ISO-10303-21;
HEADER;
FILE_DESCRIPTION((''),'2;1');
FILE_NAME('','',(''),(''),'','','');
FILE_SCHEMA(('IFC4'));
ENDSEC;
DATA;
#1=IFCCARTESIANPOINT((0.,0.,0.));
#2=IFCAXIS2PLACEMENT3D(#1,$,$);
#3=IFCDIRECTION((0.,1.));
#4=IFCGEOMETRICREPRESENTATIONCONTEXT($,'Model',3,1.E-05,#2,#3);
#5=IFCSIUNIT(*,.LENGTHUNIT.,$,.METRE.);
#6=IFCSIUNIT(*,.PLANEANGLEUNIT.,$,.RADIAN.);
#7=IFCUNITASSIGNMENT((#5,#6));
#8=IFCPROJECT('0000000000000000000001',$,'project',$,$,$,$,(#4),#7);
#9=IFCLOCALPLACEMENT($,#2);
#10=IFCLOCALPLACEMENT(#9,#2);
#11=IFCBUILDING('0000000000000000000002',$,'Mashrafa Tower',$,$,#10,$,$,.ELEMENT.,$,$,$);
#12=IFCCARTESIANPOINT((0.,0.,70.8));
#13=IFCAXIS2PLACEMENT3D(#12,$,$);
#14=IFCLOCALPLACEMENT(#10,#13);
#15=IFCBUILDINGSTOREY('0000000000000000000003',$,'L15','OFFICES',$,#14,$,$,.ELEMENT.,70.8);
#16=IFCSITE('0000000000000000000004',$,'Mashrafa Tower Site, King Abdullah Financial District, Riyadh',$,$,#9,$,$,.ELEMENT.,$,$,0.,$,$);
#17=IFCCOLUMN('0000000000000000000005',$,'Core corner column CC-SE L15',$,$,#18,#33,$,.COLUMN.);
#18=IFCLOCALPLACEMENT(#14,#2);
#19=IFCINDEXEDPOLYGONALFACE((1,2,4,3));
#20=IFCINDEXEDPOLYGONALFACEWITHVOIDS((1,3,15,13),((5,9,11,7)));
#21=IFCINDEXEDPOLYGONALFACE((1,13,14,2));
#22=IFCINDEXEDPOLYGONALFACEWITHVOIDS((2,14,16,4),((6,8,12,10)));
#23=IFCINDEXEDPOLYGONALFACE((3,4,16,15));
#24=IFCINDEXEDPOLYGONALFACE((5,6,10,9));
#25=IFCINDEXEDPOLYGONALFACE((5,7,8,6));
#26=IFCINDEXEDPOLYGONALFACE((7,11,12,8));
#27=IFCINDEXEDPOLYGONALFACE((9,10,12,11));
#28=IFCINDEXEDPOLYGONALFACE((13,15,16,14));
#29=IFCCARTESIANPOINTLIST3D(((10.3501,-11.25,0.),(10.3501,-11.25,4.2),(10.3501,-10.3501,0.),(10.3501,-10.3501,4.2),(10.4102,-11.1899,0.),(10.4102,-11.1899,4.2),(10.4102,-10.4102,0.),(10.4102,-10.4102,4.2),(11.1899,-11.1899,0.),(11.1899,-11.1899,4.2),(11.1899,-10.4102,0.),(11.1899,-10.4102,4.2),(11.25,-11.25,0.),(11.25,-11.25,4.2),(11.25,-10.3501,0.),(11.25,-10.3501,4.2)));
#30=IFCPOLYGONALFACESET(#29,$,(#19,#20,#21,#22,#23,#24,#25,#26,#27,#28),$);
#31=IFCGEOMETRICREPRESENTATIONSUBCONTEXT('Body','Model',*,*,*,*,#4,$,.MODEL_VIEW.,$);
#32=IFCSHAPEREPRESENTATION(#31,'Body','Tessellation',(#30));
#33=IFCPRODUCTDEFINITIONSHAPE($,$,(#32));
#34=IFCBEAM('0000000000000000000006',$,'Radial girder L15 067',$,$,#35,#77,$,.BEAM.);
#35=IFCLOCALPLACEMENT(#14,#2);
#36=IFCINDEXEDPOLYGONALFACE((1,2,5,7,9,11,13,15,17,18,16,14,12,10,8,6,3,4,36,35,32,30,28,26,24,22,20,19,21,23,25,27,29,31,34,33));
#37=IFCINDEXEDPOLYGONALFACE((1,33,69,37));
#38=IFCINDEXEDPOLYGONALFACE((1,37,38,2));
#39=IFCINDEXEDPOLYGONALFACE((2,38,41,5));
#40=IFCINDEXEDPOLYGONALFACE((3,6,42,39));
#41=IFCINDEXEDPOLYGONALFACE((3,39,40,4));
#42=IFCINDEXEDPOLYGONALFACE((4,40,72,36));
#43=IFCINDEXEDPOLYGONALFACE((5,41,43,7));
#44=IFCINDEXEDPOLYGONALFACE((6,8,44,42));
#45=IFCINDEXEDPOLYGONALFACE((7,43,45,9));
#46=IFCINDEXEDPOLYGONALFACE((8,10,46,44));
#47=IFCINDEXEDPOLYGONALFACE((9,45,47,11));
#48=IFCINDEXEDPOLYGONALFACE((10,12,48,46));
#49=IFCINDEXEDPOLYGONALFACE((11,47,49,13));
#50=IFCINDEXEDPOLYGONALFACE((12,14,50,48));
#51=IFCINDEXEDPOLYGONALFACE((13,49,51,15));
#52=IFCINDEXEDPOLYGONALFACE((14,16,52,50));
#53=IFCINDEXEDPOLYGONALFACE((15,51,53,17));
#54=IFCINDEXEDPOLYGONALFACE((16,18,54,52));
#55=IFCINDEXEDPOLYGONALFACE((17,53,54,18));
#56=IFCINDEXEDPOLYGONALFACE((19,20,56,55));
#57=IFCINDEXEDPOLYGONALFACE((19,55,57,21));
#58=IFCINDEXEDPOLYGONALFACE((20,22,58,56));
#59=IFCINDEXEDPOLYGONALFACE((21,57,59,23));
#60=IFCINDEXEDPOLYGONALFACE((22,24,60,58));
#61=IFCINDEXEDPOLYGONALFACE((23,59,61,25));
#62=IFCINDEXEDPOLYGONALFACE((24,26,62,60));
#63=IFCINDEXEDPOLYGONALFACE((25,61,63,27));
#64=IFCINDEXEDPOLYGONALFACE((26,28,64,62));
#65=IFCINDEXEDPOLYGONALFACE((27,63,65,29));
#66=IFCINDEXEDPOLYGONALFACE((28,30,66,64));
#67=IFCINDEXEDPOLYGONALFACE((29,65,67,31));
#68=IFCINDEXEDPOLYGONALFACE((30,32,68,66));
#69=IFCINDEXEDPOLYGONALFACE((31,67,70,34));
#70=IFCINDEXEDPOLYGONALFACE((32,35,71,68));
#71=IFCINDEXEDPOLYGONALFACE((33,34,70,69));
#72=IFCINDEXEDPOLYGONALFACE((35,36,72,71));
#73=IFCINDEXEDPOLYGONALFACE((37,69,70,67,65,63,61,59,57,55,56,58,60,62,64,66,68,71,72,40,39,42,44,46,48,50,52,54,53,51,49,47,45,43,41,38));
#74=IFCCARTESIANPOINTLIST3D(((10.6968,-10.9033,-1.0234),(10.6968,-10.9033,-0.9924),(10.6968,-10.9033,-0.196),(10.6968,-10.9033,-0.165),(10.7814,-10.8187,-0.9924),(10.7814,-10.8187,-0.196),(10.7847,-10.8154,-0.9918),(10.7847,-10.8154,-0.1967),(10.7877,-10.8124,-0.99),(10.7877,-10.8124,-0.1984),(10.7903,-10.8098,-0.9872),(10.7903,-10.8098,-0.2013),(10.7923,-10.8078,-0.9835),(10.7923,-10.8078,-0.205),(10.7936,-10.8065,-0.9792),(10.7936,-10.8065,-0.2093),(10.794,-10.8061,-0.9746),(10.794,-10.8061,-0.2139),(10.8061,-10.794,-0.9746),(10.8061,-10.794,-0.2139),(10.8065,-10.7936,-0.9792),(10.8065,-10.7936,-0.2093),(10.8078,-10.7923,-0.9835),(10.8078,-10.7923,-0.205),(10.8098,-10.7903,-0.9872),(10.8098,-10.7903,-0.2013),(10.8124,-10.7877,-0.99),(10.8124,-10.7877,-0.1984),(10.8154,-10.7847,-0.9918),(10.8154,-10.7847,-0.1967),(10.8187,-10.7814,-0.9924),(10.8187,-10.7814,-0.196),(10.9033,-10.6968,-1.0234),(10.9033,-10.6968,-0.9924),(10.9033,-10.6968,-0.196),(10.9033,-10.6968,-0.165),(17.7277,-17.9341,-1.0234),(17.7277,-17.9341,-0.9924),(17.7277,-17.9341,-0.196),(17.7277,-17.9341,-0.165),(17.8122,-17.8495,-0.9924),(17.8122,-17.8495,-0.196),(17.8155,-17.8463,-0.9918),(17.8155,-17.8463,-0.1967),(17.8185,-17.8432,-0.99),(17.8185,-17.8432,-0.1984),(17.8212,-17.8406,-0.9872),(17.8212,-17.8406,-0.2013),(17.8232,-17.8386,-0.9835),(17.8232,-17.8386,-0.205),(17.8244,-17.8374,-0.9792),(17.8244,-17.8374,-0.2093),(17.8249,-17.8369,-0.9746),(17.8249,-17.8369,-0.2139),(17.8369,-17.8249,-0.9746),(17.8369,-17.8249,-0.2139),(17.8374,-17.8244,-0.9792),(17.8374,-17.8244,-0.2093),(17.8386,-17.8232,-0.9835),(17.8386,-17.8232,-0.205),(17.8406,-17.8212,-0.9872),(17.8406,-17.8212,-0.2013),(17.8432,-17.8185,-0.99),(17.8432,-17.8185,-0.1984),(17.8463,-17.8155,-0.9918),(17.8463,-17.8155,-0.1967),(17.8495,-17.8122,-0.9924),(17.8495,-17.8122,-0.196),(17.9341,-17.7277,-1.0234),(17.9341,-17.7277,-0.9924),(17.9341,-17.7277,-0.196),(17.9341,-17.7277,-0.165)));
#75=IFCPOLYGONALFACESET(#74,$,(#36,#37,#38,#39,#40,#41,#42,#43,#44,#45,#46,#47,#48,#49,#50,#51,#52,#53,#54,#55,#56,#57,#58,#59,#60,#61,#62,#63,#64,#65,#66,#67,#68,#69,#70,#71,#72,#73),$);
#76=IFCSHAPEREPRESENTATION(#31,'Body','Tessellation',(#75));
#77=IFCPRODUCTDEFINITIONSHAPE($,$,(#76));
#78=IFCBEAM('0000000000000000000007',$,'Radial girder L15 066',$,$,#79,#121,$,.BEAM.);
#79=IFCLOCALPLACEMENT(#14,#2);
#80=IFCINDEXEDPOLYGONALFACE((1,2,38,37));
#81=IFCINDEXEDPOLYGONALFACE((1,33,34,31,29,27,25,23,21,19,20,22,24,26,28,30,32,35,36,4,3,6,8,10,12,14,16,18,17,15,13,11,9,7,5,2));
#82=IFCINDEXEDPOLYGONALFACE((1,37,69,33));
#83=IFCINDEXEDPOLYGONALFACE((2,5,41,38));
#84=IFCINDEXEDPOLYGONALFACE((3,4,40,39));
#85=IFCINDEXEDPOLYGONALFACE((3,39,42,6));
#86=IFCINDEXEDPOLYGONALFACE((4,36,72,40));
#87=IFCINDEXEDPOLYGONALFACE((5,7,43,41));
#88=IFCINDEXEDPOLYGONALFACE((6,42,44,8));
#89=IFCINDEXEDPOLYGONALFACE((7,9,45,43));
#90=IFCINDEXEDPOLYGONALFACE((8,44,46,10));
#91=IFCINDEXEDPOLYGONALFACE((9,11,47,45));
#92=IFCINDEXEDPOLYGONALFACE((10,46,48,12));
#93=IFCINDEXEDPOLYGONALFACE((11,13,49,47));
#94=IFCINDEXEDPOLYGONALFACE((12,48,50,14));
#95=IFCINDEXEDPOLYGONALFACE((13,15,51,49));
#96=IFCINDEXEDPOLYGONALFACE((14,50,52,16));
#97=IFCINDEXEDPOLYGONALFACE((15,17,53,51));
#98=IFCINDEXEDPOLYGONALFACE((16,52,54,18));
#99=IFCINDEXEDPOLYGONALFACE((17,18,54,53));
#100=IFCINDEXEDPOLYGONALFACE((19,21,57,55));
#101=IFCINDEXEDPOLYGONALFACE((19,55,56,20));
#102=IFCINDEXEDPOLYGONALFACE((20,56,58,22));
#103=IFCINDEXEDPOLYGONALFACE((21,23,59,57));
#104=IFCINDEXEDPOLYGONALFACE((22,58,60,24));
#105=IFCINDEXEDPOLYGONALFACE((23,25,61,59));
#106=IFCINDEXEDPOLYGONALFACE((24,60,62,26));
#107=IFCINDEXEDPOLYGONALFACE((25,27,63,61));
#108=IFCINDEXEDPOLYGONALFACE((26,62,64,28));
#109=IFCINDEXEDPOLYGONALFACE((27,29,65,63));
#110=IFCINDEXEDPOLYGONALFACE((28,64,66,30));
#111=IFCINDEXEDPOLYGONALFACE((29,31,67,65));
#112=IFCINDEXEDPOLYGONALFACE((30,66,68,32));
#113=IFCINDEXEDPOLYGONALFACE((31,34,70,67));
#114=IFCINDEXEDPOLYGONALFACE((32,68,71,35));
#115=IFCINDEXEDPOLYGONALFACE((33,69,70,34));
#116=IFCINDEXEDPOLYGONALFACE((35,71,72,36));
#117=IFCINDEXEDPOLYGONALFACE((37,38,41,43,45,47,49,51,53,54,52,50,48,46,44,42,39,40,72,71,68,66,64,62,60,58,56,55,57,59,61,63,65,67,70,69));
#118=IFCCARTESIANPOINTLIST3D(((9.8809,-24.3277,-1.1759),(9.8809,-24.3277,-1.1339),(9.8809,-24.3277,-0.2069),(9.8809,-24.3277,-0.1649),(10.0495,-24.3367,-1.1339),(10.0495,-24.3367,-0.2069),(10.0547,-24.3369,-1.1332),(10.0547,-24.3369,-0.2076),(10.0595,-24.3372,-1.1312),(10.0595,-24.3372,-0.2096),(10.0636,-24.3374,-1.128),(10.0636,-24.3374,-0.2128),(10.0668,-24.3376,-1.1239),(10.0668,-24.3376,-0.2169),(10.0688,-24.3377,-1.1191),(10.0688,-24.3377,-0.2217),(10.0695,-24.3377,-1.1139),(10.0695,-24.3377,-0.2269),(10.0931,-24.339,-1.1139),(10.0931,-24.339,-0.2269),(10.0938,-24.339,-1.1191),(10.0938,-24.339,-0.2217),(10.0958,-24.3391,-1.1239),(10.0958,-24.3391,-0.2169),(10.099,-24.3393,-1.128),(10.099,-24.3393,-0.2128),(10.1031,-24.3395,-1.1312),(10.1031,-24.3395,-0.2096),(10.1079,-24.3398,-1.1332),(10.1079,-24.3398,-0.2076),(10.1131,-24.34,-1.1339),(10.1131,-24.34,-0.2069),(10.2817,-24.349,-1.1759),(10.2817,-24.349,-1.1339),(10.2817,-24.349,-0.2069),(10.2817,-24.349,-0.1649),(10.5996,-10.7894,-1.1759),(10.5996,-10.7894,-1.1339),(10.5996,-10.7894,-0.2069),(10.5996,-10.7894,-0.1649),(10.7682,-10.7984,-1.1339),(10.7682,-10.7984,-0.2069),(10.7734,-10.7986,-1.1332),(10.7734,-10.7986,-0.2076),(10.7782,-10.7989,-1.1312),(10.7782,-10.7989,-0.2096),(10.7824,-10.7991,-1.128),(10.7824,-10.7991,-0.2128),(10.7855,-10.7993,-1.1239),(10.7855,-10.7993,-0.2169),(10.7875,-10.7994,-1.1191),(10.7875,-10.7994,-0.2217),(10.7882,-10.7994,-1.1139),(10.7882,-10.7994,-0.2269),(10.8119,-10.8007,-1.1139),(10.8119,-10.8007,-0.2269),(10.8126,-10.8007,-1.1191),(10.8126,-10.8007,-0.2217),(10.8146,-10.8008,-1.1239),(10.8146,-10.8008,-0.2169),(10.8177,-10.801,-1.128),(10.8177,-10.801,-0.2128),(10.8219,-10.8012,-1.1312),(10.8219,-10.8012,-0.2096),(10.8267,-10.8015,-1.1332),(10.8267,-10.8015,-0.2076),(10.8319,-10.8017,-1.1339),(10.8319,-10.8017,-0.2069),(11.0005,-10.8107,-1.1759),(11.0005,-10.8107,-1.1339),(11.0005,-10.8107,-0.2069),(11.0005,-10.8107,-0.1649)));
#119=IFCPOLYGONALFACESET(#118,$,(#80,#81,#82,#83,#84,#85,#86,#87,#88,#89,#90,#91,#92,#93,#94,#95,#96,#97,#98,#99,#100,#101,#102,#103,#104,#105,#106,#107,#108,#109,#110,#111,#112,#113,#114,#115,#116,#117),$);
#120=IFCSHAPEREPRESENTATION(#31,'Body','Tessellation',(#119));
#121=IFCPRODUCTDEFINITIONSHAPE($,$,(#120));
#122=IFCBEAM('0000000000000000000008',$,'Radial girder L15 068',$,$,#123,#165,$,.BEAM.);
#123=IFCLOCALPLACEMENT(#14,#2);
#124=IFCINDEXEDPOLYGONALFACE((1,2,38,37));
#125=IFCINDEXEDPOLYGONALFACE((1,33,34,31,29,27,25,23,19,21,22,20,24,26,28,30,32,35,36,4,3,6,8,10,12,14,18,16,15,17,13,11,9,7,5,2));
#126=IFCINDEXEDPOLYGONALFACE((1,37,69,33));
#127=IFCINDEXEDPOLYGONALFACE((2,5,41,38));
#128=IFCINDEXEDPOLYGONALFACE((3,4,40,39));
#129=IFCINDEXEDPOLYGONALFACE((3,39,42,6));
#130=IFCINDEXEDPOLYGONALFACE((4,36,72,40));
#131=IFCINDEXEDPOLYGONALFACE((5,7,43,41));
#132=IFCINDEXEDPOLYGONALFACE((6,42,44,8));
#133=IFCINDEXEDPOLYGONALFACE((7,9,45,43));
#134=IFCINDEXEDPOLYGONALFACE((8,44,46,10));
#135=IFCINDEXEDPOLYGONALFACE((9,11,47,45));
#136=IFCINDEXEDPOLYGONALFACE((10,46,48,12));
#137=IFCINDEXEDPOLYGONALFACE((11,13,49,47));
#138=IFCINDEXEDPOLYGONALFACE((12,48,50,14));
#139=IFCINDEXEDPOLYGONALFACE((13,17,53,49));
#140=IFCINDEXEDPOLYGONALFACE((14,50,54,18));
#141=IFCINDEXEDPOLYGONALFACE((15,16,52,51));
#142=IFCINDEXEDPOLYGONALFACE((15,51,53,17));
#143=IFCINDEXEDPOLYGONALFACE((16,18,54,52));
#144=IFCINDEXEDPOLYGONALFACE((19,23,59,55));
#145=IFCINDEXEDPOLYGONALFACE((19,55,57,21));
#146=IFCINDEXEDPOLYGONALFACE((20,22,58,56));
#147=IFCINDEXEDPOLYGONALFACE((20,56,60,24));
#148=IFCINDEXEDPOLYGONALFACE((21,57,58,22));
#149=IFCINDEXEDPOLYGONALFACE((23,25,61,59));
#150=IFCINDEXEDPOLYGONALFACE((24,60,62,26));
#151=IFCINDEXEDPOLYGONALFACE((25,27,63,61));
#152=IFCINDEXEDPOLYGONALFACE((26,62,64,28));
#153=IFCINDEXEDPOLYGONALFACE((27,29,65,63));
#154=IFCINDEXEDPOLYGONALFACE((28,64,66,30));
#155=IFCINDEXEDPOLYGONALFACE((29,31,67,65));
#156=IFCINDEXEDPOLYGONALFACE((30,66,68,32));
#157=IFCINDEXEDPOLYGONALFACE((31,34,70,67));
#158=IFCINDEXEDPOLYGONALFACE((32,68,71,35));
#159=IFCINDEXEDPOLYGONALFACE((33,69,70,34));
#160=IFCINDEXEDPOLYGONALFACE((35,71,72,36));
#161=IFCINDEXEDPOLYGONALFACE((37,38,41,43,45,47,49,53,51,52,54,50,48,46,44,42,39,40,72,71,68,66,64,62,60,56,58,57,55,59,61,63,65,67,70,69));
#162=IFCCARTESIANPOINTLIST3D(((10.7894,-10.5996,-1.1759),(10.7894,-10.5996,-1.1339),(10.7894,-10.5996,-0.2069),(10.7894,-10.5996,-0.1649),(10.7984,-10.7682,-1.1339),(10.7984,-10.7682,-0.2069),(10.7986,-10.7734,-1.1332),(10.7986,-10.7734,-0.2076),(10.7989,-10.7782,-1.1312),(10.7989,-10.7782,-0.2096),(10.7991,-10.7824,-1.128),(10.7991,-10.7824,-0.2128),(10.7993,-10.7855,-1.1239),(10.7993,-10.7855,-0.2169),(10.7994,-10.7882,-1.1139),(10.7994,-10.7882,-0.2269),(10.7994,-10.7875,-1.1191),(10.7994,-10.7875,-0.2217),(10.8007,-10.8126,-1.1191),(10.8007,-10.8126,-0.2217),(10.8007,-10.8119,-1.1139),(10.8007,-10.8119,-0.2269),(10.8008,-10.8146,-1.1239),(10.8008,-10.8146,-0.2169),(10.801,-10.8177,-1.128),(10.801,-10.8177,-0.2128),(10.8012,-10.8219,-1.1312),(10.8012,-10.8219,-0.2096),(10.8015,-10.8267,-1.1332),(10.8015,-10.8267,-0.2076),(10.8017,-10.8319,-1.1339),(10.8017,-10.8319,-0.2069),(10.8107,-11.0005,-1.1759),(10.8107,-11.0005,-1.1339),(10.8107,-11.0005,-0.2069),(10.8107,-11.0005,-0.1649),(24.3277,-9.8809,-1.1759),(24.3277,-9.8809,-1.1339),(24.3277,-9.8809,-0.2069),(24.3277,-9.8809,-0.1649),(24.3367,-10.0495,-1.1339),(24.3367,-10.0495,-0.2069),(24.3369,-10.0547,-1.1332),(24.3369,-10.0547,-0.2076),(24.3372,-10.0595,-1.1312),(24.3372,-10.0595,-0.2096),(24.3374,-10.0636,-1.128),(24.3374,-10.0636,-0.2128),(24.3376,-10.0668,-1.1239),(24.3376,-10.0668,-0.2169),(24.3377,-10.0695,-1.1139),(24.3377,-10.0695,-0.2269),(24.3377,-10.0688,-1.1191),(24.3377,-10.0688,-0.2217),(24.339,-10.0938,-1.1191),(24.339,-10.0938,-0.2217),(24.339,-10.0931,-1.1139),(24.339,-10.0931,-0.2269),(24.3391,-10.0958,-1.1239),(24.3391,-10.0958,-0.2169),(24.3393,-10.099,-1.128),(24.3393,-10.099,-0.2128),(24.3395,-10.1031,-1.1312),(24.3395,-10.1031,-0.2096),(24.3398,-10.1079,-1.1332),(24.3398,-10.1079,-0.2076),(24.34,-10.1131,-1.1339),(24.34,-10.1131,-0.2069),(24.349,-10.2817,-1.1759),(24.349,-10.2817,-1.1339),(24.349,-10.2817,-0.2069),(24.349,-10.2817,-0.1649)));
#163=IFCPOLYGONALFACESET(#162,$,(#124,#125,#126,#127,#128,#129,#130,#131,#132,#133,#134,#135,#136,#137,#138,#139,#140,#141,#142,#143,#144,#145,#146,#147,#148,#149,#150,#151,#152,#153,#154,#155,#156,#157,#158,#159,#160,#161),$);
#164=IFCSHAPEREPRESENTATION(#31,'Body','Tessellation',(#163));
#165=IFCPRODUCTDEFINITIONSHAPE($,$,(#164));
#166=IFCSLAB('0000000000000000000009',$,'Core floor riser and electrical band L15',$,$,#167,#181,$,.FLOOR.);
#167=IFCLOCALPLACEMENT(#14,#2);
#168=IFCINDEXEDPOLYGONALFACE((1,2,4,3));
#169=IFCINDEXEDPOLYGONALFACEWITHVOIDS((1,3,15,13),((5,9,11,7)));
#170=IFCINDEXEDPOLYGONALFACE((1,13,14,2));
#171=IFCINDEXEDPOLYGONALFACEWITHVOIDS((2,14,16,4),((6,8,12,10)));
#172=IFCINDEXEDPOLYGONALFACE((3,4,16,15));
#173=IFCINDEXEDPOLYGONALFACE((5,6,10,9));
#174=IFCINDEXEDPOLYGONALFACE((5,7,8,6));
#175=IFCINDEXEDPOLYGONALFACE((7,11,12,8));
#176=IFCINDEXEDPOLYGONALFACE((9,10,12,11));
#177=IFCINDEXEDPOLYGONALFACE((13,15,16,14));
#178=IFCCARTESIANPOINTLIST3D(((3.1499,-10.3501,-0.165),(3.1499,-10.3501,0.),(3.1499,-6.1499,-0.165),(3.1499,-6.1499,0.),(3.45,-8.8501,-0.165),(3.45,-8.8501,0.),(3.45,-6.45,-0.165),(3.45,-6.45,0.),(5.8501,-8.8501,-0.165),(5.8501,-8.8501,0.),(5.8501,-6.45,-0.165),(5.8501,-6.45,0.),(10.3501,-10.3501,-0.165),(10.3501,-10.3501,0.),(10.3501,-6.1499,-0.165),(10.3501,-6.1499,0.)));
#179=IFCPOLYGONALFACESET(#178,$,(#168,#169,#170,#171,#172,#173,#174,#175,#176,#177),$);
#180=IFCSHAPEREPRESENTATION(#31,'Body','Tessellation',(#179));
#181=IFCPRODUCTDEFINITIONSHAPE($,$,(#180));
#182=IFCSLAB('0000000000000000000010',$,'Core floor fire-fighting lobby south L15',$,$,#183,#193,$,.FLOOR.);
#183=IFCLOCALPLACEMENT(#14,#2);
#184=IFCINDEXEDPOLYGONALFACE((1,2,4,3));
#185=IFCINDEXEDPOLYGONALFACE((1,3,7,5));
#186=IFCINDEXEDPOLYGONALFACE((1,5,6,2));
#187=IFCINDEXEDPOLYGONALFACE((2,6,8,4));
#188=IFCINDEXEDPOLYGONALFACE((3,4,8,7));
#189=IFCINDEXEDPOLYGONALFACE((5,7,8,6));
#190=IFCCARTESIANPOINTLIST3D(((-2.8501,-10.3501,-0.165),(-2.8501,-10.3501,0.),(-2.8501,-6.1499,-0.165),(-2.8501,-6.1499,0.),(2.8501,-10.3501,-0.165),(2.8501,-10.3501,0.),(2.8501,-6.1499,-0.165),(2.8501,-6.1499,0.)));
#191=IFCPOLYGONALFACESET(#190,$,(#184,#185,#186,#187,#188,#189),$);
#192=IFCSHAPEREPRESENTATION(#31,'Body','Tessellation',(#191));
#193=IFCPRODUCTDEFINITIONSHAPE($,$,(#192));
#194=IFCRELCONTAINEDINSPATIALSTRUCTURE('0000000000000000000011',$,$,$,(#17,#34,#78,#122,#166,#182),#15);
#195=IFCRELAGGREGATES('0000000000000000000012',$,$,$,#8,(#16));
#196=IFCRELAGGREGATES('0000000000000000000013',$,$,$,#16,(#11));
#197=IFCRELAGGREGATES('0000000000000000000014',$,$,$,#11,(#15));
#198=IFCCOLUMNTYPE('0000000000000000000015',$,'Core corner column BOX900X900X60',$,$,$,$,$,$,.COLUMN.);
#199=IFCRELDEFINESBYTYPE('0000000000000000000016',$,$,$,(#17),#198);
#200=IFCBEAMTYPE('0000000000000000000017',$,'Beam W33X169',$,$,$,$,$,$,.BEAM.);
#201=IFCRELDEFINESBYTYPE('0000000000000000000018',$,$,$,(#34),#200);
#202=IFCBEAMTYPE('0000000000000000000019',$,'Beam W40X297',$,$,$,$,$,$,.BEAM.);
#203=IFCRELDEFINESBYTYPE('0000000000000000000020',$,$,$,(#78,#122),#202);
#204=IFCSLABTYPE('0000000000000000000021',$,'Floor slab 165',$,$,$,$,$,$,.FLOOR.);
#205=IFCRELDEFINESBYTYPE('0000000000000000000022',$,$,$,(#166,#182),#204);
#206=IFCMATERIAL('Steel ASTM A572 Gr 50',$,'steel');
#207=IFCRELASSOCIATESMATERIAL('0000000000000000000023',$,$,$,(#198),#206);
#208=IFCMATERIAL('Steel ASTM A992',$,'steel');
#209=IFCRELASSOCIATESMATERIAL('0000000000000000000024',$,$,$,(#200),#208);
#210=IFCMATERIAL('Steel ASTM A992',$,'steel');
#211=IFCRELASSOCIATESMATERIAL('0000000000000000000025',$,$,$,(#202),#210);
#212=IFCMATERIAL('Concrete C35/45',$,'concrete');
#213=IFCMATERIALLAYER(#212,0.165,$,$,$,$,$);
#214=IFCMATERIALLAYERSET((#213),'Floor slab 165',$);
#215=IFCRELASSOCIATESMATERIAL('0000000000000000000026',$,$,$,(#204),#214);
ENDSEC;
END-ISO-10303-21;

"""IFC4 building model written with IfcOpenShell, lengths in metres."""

from ifc_helpers import new_model, si_unit, direction, frame, origin, origin_2d, place, context, subcontext, project, spatial, polyline, hollow_rectangle, i_section, outline, extrude, material, layer, layer_set, material_profile, profile_set, type_object, element, save


model = new_model("IFC4")

# Units and contexts
model_context = context("Model", 3, precision=1e-05, world=origin(), true_north=direction((0.0, 1.0)))
body_context = subcontext(model_context, "Body", "Model", "MODEL_VIEW")
ifc_project = project(units=[si_unit("LENGTHUNIT", "METRE"), si_unit("PLANEANGLEUNIT", "RADIAN")], contexts=[model_context])

# Site, building, storey
site_placement = place(None, origin())
site = spatial("IfcSite", under=ifc_project, at=site_placement, Name="Mashrafa Tower Site, King Abdullah Financial District, Riyadh", CompositionType="ELEMENT", RefElevation=0.0)
building_placement = place(site_placement, origin())
building = spatial("IfcBuilding", under=site, at=building_placement, Name="Mashrafa Tower", CompositionType="ELEMENT")
storey_placement = place(building_placement, frame((0.0, 0.0, 70.8)))
storey = spatial("IfcBuildingStorey", under=building, at=storey_placement, Name="L15", Description="OFFICES", CompositionType="ELEMENT", Elevation=70.8)

# Column
ifc_material_1 = material(Name="Steel ASTM A572 Gr 50", Category="steel")
ifc_material_profile_1 = material_profile(ifc_material_1, hollow_rectangle(XDim=0.8999, YDim=0.8999, WallThickness=0.0601, at=origin_2d()), Name="BOX900X900X60")
ifc_profile_set_1 = profile_set([ifc_material_profile_1], Name="Steel ASTM A572 Gr 50")
column_type = type_object("IfcColumnType", Name="Core corner column BOX900X900X60", PredefinedType="COLUMN", material=ifc_profile_set_1)
column_placement = place(storey_placement, frame((10.8, -10.8, 0.0), z_axis=(0.0, 0.0, 1.0), x_axis=(1.0, 0.0, 0.0)))
element("IfcColumn", 1, at=column_placement, inside=storey, type_object=column_type, Name="Core corner column CC-SE L15", PredefinedType="COLUMN", context=body_context, shape_type="SweptSolid", body=[
    extrude(hollow_rectangle(XDim=0.8999, YDim=0.8999, WallThickness=0.0601, at=origin_2d()), origin(), (0.0, 0.0, 1.0), 4.2),
])

# Beams
ifc_material_2 = material(Name="Steel ASTM A992", Category="steel")
ifc_material_profile_2 = material_profile(ifc_material_2, i_section(OverallWidth=0.292, OverallDepth=0.8584, WebThickness=0.0171, FlangeThickness=0.031, FilletRadius=0.0178, at=origin_2d()), Name="W33X169")
ifc_profile_set_2 = profile_set([ifc_material_profile_2], Name="Steel ASTM A992")
beam_type_1 = type_object("IfcBeamType", Name="Beam W33X169", PredefinedType="BEAM", material=ifc_profile_set_2)
beam_placement = place(storey_placement, frame((10.8, -10.8, -0.5942), z_axis=(0.707107, -0.707107, 0.0), x_axis=(0.707107, 0.707107, 0.0)))
element("IfcBeam", 2, at=beam_placement, inside=storey, type_object=beam_type_1, Name="Radial girder L15 067", PredefinedType="BEAM", context=body_context, shape_type="SweptSolid", body=[
    extrude(i_section(OverallWidth=0.292, OverallDepth=0.8584, WebThickness=0.0171, FlangeThickness=0.031, FilletRadius=0.0178, at=origin_2d()), origin(), (0.0, 0.0, 1.0), 9.9431),
])
ifc_material_3 = material(Name="Steel ASTM A992", Category="steel")
ifc_material_profile_3 = material_profile(ifc_material_3, i_section(OverallWidth=0.4014, OverallDepth=1.011, WebThickness=0.0237, FlangeThickness=0.042, FilletRadius=0.02, at=origin_2d()), Name="W40X297")
ifc_profile_set_3 = profile_set([ifc_material_profile_3], Name="Steel ASTM A992")
beam_type_2 = type_object("IfcBeamType", Name="Beam W40X297", PredefinedType="BEAM", material=ifc_profile_set_3)
for number, where, z_axis, x_axis, name in (
    (3, (10.8, -10.8, -0.6704), (-0.053015, -0.998594, 0.0), (0.998594, -0.053015, 0.0), "Radial girder L15 066"),
    (4, (10.8, -10.8, -0.6704), (0.998594, 0.053015, 0.0), (-0.053015, 0.998594, 0.0), "Radial girder L15 068"),
):
    element("IfcBeam", number, at=place(storey_placement, frame(where, z_axis=z_axis, x_axis=x_axis)), inside=storey, type_object=beam_type_2, Name=name, PredefinedType="BEAM", context=body_context, shape_type="SweptSolid", body=[
        extrude(i_section(OverallWidth=0.4014, OverallDepth=1.011, WebThickness=0.0237, FlangeThickness=0.042, FilletRadius=0.02, at=origin_2d()), origin(), (0.0, 0.0, 1.0), 13.5574),
    ])

# Slabs
ifc_material_4 = material(Name="Concrete C35/45", Category="concrete")
ifc_layer_1 = layer(ifc_material_4, 0.165)
ifc_layer_set_1 = layer_set([ifc_layer_1], Name="Floor slab 165")
slab_type_1 = type_object("IfcSlabType", Name="Floor slab 165", PredefinedType="FLOOR", material=ifc_layer_set_1)
slab_1_placement = place(storey_placement, frame((0.0, 0.0, -0.165)))
element("IfcSlab", 5, at=slab_1_placement, inside=storey, type_object=slab_type_1, Name="Core floor riser and electrical band L15", PredefinedType="FLOOR", context=body_context, shape_type="SweptSolid", body=[
    extrude(outline(polyline([(10.3501, -6.1499), (10.3501, -10.3501), (3.1499, -10.3501), (3.1499, -6.1499), (10.3501, -6.1499)]), holes=[polyline([(3.45, -8.8501), (5.8501, -8.8501), (5.8501, -6.45), (3.45, -6.45), (3.45, -8.8501)])]), origin(), (0.0, 0.0, 1.0), 0.165),
])
slab_2_placement = place(storey_placement, frame((0.0, 0.0, -0.165)))
element("IfcSlab", 6, at=slab_2_placement, inside=storey, type_object=slab_type_1, Name="Core floor fire-fighting lobby south L15", PredefinedType="FLOOR", context=body_context, shape_type="SweptSolid", body=[
    extrude(outline(polyline([(2.8501, -6.1499), (2.8501, -10.3501), (-2.8501, -10.3501), (-2.8501, -6.1499), (2.8501, -6.1499)])), origin(), (0.0, 0.0, 1.0), 0.165),
])

save(model, "model.ifc")
